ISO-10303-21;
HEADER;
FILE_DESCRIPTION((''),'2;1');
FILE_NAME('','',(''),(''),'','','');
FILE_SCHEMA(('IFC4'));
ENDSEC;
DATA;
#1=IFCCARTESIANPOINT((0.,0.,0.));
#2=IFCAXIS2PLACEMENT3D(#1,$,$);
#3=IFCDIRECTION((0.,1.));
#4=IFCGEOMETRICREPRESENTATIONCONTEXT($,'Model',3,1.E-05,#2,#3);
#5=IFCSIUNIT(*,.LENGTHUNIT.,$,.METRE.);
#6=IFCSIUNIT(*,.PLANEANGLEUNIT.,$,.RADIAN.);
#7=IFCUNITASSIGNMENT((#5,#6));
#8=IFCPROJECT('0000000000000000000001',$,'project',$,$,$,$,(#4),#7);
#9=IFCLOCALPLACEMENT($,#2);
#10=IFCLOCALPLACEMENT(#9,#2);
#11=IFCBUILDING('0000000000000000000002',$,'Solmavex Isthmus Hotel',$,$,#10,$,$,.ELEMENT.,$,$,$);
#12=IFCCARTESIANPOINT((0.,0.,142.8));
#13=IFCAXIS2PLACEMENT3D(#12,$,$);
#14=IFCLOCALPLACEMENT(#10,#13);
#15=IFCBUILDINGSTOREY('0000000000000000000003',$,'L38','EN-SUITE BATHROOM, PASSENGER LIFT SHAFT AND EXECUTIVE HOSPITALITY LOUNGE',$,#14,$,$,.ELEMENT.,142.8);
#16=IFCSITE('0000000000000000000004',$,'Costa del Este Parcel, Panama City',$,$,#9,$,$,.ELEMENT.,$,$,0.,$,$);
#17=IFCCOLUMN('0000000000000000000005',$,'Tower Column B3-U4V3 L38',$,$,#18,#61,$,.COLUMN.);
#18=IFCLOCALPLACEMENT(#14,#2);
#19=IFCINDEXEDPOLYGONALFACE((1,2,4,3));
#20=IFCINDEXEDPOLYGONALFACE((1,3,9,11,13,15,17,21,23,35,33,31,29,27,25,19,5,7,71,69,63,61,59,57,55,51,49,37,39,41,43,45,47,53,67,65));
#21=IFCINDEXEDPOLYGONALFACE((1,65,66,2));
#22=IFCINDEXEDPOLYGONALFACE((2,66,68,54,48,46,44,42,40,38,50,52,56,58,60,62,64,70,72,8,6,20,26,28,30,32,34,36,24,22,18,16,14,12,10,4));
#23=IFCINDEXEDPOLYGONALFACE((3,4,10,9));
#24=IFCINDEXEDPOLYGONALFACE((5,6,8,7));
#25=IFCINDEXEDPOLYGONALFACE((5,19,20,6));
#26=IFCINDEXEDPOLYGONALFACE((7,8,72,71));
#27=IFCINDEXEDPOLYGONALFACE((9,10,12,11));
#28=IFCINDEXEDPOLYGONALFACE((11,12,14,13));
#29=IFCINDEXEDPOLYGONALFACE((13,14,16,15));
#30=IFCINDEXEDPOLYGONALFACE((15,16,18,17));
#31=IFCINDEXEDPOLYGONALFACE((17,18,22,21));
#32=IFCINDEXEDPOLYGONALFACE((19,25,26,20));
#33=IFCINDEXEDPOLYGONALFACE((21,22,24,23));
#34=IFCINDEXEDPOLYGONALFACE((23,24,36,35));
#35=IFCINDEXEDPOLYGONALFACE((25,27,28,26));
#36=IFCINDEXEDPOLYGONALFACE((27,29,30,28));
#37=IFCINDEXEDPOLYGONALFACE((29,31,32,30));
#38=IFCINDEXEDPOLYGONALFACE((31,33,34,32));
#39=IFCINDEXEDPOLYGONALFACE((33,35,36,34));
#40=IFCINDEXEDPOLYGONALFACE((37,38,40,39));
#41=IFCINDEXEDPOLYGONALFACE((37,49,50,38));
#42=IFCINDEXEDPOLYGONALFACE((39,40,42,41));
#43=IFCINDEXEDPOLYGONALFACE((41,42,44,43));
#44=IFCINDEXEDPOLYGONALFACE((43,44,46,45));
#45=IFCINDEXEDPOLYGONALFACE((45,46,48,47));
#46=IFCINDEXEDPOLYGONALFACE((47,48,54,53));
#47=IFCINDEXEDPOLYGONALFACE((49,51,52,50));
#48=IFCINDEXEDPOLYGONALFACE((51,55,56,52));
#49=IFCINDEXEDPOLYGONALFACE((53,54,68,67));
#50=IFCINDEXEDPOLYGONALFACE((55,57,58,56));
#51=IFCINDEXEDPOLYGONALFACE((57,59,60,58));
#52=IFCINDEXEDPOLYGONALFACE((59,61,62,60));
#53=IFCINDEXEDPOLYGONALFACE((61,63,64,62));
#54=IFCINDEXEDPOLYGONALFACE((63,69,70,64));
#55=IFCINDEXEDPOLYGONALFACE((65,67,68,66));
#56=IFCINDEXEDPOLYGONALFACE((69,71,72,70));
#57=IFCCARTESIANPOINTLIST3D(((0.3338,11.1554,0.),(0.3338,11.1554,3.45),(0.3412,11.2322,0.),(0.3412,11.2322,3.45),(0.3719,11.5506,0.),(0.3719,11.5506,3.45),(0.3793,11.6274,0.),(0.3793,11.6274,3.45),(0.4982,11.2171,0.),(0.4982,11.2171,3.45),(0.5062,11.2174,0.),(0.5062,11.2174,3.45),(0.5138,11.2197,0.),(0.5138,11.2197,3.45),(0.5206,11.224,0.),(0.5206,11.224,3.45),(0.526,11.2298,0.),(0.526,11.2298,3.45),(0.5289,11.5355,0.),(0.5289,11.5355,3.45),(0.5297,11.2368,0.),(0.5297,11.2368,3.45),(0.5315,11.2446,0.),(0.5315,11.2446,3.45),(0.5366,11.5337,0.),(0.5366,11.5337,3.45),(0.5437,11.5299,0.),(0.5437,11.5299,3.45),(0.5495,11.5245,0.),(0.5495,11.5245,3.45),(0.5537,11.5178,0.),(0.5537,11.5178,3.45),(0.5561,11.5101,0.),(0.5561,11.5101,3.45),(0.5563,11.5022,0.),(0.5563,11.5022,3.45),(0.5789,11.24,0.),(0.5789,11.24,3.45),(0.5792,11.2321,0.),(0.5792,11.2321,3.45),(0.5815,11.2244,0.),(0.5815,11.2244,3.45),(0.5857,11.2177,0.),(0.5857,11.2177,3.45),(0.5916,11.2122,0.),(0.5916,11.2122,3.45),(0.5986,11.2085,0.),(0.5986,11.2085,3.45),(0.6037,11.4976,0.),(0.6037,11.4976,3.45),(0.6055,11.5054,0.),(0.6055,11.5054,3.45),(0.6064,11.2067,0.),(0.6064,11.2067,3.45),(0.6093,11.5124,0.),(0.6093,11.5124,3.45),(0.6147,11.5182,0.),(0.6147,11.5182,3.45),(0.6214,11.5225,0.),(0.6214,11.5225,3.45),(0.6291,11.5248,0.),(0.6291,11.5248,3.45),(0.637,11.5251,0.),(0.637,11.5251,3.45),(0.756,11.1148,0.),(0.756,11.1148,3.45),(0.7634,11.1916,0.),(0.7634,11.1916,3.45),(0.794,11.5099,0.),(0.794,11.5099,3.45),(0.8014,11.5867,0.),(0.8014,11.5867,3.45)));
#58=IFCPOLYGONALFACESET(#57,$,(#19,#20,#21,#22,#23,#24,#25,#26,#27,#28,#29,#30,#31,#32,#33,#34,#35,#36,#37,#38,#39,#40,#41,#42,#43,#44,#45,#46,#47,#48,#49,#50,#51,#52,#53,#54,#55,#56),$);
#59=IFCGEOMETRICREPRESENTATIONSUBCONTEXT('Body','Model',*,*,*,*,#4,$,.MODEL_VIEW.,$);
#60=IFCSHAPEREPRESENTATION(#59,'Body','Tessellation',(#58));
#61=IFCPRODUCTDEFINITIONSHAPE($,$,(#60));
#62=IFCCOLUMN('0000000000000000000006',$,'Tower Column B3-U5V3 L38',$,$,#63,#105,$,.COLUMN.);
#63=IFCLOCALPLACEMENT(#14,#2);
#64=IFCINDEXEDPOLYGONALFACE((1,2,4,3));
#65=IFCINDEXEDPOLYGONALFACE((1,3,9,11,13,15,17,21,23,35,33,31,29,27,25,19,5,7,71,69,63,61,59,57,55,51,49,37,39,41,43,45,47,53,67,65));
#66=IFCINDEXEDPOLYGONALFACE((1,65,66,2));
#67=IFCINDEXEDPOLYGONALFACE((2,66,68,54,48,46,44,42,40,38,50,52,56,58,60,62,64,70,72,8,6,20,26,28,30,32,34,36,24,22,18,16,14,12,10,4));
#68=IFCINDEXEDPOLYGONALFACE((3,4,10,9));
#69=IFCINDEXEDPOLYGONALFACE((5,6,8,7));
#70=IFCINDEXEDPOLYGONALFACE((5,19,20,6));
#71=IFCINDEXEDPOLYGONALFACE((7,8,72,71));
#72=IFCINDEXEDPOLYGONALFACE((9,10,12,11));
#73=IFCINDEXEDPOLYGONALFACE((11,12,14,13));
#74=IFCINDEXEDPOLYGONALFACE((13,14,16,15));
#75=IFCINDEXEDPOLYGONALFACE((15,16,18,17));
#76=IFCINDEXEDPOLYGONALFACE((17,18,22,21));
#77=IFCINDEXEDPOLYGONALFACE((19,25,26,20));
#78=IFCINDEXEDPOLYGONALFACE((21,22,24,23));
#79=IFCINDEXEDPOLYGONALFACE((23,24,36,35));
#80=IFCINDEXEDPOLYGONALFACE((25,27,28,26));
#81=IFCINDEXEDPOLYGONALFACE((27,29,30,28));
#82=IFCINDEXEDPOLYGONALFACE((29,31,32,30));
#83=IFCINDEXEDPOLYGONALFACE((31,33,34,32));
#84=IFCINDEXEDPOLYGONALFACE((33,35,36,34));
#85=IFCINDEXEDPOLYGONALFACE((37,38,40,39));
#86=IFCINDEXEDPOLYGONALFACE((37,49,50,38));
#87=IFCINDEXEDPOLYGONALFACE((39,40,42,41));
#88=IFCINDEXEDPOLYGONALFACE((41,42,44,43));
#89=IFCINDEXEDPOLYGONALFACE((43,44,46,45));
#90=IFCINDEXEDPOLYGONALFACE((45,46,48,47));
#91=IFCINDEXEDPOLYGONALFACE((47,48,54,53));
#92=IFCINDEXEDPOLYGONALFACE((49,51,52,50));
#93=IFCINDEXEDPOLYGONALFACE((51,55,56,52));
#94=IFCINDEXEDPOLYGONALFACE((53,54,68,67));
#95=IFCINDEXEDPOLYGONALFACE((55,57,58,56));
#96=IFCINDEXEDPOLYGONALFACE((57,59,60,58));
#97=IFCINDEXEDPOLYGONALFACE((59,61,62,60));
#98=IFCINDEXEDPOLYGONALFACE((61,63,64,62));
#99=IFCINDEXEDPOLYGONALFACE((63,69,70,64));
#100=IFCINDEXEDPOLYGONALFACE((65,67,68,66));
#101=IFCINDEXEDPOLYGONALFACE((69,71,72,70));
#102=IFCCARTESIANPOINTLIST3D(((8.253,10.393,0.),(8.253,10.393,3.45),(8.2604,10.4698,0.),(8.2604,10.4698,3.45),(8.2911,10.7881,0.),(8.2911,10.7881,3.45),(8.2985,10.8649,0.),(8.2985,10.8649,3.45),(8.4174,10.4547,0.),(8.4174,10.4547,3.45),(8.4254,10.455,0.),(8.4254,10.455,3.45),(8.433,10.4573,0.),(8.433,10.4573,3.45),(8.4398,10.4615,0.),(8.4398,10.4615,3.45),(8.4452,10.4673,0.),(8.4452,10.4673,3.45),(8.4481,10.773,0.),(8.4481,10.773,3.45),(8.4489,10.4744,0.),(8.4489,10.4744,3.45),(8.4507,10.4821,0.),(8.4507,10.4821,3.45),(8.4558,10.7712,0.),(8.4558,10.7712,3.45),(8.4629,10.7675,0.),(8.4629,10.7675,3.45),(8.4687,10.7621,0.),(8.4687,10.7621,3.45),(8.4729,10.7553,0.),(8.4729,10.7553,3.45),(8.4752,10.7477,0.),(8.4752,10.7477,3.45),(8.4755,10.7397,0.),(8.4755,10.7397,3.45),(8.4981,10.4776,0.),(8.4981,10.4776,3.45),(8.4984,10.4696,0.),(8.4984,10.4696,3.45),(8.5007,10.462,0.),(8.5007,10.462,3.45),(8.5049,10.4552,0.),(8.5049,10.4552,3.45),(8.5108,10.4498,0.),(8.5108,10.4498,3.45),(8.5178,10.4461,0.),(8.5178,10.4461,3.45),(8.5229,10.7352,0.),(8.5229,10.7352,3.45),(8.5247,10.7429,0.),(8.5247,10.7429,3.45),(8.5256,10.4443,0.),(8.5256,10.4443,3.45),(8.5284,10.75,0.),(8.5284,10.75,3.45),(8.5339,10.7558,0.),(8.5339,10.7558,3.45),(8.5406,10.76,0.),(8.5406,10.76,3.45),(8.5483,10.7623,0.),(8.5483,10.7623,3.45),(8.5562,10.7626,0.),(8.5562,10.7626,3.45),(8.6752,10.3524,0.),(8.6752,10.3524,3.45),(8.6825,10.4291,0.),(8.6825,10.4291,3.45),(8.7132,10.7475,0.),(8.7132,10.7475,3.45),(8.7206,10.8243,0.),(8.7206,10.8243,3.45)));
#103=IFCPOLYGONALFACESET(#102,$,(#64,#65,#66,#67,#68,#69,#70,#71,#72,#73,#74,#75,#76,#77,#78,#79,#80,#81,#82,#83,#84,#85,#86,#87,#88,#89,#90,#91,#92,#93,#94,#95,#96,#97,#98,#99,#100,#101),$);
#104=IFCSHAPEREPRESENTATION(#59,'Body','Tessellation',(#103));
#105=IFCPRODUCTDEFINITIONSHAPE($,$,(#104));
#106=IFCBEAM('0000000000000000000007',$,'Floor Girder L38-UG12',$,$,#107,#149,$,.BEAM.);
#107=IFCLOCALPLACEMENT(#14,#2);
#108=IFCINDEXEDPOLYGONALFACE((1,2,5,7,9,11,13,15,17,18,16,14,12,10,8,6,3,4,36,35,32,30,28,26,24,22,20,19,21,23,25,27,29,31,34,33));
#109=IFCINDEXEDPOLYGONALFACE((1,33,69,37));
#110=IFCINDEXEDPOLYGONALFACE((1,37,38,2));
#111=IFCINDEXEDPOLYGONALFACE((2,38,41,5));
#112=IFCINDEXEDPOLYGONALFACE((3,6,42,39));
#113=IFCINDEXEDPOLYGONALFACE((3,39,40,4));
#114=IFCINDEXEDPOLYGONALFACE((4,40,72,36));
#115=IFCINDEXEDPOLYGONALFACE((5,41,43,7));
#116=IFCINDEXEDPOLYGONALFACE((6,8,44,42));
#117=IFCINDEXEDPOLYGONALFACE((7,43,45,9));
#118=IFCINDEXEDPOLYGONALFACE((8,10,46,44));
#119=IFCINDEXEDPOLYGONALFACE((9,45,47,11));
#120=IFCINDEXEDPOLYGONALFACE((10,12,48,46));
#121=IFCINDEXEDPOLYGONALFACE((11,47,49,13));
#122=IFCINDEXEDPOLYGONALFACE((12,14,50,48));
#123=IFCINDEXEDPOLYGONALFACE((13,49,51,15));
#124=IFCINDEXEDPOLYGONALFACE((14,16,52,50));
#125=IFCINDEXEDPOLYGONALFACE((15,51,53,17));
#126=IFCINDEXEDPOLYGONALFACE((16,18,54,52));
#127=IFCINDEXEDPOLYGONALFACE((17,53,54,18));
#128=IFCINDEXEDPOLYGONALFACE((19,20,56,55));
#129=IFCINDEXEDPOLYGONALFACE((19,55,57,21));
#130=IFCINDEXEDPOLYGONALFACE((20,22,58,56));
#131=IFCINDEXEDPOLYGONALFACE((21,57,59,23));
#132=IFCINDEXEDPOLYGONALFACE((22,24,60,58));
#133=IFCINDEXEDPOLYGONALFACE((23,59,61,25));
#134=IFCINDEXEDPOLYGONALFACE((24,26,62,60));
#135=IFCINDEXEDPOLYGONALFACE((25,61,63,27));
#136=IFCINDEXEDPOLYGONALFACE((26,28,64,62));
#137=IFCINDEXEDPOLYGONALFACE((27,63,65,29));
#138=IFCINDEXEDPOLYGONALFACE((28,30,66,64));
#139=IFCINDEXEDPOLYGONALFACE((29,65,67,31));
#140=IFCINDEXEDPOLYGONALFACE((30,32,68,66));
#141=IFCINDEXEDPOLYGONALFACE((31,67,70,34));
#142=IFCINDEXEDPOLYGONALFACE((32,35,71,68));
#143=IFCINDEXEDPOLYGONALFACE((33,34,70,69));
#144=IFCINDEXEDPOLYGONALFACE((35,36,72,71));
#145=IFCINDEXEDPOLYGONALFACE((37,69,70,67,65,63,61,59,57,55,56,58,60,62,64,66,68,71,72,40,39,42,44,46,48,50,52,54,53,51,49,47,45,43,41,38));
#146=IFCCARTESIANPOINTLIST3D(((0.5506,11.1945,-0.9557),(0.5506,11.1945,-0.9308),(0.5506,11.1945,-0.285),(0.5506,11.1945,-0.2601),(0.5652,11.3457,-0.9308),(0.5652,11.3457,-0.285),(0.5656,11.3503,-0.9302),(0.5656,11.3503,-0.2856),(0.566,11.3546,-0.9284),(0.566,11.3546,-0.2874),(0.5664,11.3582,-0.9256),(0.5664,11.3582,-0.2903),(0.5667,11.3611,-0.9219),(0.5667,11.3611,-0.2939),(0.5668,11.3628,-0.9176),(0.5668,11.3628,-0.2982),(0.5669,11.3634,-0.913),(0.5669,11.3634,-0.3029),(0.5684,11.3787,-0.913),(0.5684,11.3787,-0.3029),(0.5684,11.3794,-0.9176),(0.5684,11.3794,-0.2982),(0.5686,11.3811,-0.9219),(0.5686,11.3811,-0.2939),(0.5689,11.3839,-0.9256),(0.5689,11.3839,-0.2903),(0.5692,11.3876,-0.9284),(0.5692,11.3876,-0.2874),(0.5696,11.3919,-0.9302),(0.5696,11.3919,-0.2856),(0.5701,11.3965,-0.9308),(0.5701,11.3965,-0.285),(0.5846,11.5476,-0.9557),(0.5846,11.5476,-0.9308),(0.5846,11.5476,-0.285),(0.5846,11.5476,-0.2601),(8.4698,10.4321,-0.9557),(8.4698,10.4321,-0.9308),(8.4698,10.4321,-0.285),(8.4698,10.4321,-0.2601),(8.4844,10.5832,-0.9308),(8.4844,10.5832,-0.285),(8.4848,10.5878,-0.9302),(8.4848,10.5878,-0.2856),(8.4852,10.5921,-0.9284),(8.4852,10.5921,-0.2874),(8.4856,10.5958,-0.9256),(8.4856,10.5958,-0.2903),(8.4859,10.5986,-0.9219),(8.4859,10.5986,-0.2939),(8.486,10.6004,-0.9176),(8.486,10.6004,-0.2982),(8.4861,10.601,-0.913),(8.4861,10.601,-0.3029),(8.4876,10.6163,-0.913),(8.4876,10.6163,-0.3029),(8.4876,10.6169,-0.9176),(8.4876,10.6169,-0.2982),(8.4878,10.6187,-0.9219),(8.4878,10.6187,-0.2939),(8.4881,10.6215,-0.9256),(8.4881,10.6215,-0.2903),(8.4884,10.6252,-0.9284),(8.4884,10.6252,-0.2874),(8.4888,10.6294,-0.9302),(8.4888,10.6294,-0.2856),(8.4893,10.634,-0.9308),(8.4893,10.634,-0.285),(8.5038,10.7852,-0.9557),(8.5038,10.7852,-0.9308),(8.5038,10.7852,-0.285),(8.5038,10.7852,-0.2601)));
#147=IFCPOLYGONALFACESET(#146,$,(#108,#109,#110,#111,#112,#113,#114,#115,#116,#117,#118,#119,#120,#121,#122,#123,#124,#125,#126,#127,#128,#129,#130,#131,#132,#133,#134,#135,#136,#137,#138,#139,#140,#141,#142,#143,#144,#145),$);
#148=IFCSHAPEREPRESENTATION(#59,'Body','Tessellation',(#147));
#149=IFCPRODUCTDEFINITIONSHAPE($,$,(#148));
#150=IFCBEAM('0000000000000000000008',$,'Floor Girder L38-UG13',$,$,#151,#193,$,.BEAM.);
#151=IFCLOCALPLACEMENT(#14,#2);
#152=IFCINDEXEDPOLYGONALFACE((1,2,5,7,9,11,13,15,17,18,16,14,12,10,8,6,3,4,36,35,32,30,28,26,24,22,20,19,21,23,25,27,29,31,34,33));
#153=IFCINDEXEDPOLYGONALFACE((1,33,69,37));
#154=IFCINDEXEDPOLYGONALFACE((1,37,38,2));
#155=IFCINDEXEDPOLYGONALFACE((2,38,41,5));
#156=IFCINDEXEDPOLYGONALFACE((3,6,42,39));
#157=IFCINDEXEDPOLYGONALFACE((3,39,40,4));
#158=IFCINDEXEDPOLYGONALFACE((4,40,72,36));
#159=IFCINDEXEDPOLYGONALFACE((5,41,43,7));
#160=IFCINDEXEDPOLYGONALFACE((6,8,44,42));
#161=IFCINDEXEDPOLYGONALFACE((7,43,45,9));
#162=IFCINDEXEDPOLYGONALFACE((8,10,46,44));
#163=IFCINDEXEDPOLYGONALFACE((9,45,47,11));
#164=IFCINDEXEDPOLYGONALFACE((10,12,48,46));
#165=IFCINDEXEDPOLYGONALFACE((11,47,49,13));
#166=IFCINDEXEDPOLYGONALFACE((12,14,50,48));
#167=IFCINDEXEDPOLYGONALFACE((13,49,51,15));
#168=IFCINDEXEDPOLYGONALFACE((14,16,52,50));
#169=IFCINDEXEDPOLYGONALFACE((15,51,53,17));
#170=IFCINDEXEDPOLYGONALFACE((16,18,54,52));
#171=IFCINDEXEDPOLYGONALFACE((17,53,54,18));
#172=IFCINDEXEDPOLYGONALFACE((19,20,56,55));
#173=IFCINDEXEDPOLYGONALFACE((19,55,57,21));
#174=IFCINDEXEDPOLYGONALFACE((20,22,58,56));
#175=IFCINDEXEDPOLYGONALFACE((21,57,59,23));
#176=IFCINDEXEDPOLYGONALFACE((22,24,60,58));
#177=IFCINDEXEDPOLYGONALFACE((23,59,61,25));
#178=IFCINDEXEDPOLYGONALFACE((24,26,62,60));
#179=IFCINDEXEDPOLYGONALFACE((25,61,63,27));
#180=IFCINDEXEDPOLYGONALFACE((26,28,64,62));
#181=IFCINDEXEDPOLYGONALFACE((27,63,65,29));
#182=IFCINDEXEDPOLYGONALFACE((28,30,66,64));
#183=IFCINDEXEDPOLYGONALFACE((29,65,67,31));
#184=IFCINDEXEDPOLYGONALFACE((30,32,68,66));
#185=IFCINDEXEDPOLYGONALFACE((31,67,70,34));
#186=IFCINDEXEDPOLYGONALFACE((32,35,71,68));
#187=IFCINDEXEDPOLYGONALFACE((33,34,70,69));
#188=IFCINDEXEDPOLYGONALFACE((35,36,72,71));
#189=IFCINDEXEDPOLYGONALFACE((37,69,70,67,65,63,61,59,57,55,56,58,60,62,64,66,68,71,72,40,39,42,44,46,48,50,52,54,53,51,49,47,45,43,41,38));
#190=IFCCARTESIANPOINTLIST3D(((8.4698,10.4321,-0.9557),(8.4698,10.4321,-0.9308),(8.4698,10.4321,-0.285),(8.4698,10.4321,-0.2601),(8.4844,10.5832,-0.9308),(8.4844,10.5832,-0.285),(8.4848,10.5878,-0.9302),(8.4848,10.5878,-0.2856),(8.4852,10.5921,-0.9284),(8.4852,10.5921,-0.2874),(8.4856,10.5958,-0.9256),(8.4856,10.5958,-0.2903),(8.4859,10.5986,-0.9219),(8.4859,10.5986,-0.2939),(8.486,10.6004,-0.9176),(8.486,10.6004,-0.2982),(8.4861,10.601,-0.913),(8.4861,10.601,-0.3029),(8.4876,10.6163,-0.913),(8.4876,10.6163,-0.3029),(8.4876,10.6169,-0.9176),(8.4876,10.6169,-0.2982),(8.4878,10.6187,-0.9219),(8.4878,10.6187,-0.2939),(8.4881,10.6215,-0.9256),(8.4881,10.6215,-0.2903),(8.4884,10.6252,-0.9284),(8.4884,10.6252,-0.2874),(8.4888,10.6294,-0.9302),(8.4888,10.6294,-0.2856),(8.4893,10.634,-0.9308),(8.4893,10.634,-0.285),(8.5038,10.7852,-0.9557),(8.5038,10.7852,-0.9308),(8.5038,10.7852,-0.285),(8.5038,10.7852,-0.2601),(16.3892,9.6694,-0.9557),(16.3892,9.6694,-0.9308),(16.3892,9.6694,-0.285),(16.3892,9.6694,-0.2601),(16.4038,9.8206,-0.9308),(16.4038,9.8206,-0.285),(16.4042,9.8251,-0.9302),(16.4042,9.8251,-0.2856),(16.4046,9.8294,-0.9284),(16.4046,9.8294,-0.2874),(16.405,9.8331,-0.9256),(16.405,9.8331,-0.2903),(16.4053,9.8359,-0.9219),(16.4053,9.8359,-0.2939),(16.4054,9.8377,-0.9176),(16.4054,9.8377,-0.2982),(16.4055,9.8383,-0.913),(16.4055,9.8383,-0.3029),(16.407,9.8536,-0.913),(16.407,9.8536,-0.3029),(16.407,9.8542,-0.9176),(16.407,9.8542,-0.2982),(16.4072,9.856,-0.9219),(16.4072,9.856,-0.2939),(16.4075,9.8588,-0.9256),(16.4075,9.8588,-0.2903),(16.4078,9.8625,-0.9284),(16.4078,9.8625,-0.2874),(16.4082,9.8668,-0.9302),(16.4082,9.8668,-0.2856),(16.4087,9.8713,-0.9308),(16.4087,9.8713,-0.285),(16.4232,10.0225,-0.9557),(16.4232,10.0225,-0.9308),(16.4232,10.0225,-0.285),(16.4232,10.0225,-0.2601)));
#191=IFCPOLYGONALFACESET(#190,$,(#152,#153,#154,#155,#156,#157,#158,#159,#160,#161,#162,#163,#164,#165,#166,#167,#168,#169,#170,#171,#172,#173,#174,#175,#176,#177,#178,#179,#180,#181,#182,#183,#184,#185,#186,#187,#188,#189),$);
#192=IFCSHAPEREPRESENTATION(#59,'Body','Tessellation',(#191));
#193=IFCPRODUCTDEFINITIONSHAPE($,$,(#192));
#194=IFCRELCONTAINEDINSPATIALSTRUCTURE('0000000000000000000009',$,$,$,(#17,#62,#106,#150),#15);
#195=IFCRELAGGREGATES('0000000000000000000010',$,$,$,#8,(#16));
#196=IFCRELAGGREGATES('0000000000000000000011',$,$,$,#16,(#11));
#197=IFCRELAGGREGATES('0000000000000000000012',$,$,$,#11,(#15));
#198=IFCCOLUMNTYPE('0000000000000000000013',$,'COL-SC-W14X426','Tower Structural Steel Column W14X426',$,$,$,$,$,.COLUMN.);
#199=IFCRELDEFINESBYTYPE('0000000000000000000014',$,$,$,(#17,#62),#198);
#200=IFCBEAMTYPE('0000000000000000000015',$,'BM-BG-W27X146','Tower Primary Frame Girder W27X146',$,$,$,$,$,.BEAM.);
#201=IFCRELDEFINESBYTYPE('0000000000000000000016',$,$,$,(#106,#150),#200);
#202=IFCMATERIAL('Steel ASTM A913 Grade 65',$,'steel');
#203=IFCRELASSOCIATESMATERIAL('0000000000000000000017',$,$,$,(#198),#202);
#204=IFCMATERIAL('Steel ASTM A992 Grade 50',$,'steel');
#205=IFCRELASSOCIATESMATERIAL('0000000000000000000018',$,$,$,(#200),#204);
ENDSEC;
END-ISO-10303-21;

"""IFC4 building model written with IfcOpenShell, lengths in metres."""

from ifc_helpers import new_model, si_unit, direction, frame, origin, origin_2d, place, context, subcontext, project, spatial, i_section, extrude, material, material_profile, profile_set, type_object, element, save


model = new_model("IFC4")

# Units and contexts
model_context = context("Model", 3, precision=1e-05, world=origin(), true_north=direction((0.0, 1.0)))
body_context = subcontext(model_context, "Body", "Model", "MODEL_VIEW")
ifc_project = project(units=[si_unit("LENGTHUNIT", "METRE"), si_unit("PLANEANGLEUNIT", "RADIAN")], contexts=[model_context])

# Site, building, storey
site_placement = place(None, origin())
site = spatial("IfcSite", under=ifc_project, at=site_placement, Name="Costa del Este Parcel, Panama City", CompositionType="ELEMENT", RefElevation=0.0)
building_placement = place(site_placement, origin())
building = spatial("IfcBuilding", under=site, at=building_placement, Name="Solmavex Isthmus Hotel", CompositionType="ELEMENT")
storey_placement = place(building_placement, frame((0.0, 0.0, 142.8)))
storey = spatial("IfcBuildingStorey", under=building, at=storey_placement, Name="L38", Description="EN-SUITE BATHROOM, PASSENGER LIFT SHAFT AND EXECUTIVE HOSPITALITY LOUNGE", CompositionType="ELEMENT", Elevation=142.8)

# Columns
ifc_material_1 = material(Name="Steel ASTM A913 Grade 65", Category="steel")
ifc_material_profile_1 = material_profile(ifc_material_1, i_section(OverallWidth=0.4241, OverallDepth=0.4741, WebThickness=0.0476, FlangeThickness=0.0771, FilletRadius=0.0305, at=origin_2d()), Name="W14X426")
ifc_profile_set_1 = profile_set([ifc_material_profile_1], Name="Steel ASTM A913 Grade 65")
column_type = type_object("IfcColumnType", Name="COL-SC-W14X426", Description="Tower Structural Steel Column W14X426", PredefinedType="COLUMN", material=ifc_profile_set_1)
for number, where, z_axis, x_axis, name in (
    (1, (0.5676, 11.3711, 0.0), (0.0, 0.0, 1.0), (0.995396, -0.095846, 0.0), "Tower Column B3-U4V3 L38"),
    (2, (8.4868, 10.6086, 0.0), (0.0, 0.0, 1.0), (0.995396, -0.095846, 0.0), "Tower Column B3-U5V3 L38"),
):
    element("IfcColumn", number, at=place(storey_placement, frame(where, z_axis=z_axis, x_axis=x_axis)), inside=storey, type_object=column_type, Name=name, PredefinedType="COLUMN", context=body_context, shape_type="SweptSolid", body=[
        extrude(i_section(OverallWidth=0.4241, OverallDepth=0.4741, WebThickness=0.0476, FlangeThickness=0.0771, FilletRadius=0.0305, at=origin_2d()), origin(), (0.0, 0.0, 1.0), 3.45),
    ])

# Beams
ifc_material_2 = material(Name="Steel ASTM A992 Grade 50", Category="steel")
ifc_material_profile_2 = material_profile(ifc_material_2, i_section(OverallWidth=0.3547, OverallDepth=0.6956, WebThickness=0.0154, FlangeThickness=0.0249, FilletRadius=0.0178, at=origin_2d()), Name="W27X146")
ifc_profile_set_2 = profile_set([ifc_material_profile_2], Name="Steel ASTM A992 Grade 50")
beam_type_1 = type_object("IfcBeamType", Name="BM-BG-W27X146", Description="Tower Primary Frame Girder W27X146", PredefinedType="BEAM", material=ifc_profile_set_2)
beam_1_placement = place(storey_placement, frame((0.5676, 11.3711, -0.6079), z_axis=(0.995397, -0.095836, 0.0), x_axis=(0.095836, 0.995397, 0.0)))
element("IfcBeam", 3, at=beam_1_placement, inside=storey, type_object=beam_type_1, Name="Floor Girder L38-UG12", PredefinedType="BEAM", context=body_context, shape_type="SweptSolid", body=[
    extrude(i_section(OverallWidth=0.3547, OverallDepth=0.6956, WebThickness=0.0154, FlangeThickness=0.0249, FilletRadius=0.0178, at=origin_2d()), origin(), (0.0, 0.0, 1.0), 7.9558),
])
beam_2_placement = place(storey_placement, frame((8.4868, 10.6086, -0.6079), z_axis=(0.995395, -0.095863, 0.0), x_axis=(0.095863, 0.995395, 0.0)))
element("IfcBeam", 4, at=beam_2_placement, inside=storey, type_object=beam_type_1, Name="Floor Girder L38-UG13", PredefinedType="BEAM", context=body_context, shape_type="SweptSolid", body=[
    extrude(i_section(OverallWidth=0.3547, OverallDepth=0.6956, WebThickness=0.0154, FlangeThickness=0.0249, FilletRadius=0.0178, at=origin_2d()), origin(), (0.0, 0.0, 1.0), 7.9561),
])

save(model, "model.ifc")
